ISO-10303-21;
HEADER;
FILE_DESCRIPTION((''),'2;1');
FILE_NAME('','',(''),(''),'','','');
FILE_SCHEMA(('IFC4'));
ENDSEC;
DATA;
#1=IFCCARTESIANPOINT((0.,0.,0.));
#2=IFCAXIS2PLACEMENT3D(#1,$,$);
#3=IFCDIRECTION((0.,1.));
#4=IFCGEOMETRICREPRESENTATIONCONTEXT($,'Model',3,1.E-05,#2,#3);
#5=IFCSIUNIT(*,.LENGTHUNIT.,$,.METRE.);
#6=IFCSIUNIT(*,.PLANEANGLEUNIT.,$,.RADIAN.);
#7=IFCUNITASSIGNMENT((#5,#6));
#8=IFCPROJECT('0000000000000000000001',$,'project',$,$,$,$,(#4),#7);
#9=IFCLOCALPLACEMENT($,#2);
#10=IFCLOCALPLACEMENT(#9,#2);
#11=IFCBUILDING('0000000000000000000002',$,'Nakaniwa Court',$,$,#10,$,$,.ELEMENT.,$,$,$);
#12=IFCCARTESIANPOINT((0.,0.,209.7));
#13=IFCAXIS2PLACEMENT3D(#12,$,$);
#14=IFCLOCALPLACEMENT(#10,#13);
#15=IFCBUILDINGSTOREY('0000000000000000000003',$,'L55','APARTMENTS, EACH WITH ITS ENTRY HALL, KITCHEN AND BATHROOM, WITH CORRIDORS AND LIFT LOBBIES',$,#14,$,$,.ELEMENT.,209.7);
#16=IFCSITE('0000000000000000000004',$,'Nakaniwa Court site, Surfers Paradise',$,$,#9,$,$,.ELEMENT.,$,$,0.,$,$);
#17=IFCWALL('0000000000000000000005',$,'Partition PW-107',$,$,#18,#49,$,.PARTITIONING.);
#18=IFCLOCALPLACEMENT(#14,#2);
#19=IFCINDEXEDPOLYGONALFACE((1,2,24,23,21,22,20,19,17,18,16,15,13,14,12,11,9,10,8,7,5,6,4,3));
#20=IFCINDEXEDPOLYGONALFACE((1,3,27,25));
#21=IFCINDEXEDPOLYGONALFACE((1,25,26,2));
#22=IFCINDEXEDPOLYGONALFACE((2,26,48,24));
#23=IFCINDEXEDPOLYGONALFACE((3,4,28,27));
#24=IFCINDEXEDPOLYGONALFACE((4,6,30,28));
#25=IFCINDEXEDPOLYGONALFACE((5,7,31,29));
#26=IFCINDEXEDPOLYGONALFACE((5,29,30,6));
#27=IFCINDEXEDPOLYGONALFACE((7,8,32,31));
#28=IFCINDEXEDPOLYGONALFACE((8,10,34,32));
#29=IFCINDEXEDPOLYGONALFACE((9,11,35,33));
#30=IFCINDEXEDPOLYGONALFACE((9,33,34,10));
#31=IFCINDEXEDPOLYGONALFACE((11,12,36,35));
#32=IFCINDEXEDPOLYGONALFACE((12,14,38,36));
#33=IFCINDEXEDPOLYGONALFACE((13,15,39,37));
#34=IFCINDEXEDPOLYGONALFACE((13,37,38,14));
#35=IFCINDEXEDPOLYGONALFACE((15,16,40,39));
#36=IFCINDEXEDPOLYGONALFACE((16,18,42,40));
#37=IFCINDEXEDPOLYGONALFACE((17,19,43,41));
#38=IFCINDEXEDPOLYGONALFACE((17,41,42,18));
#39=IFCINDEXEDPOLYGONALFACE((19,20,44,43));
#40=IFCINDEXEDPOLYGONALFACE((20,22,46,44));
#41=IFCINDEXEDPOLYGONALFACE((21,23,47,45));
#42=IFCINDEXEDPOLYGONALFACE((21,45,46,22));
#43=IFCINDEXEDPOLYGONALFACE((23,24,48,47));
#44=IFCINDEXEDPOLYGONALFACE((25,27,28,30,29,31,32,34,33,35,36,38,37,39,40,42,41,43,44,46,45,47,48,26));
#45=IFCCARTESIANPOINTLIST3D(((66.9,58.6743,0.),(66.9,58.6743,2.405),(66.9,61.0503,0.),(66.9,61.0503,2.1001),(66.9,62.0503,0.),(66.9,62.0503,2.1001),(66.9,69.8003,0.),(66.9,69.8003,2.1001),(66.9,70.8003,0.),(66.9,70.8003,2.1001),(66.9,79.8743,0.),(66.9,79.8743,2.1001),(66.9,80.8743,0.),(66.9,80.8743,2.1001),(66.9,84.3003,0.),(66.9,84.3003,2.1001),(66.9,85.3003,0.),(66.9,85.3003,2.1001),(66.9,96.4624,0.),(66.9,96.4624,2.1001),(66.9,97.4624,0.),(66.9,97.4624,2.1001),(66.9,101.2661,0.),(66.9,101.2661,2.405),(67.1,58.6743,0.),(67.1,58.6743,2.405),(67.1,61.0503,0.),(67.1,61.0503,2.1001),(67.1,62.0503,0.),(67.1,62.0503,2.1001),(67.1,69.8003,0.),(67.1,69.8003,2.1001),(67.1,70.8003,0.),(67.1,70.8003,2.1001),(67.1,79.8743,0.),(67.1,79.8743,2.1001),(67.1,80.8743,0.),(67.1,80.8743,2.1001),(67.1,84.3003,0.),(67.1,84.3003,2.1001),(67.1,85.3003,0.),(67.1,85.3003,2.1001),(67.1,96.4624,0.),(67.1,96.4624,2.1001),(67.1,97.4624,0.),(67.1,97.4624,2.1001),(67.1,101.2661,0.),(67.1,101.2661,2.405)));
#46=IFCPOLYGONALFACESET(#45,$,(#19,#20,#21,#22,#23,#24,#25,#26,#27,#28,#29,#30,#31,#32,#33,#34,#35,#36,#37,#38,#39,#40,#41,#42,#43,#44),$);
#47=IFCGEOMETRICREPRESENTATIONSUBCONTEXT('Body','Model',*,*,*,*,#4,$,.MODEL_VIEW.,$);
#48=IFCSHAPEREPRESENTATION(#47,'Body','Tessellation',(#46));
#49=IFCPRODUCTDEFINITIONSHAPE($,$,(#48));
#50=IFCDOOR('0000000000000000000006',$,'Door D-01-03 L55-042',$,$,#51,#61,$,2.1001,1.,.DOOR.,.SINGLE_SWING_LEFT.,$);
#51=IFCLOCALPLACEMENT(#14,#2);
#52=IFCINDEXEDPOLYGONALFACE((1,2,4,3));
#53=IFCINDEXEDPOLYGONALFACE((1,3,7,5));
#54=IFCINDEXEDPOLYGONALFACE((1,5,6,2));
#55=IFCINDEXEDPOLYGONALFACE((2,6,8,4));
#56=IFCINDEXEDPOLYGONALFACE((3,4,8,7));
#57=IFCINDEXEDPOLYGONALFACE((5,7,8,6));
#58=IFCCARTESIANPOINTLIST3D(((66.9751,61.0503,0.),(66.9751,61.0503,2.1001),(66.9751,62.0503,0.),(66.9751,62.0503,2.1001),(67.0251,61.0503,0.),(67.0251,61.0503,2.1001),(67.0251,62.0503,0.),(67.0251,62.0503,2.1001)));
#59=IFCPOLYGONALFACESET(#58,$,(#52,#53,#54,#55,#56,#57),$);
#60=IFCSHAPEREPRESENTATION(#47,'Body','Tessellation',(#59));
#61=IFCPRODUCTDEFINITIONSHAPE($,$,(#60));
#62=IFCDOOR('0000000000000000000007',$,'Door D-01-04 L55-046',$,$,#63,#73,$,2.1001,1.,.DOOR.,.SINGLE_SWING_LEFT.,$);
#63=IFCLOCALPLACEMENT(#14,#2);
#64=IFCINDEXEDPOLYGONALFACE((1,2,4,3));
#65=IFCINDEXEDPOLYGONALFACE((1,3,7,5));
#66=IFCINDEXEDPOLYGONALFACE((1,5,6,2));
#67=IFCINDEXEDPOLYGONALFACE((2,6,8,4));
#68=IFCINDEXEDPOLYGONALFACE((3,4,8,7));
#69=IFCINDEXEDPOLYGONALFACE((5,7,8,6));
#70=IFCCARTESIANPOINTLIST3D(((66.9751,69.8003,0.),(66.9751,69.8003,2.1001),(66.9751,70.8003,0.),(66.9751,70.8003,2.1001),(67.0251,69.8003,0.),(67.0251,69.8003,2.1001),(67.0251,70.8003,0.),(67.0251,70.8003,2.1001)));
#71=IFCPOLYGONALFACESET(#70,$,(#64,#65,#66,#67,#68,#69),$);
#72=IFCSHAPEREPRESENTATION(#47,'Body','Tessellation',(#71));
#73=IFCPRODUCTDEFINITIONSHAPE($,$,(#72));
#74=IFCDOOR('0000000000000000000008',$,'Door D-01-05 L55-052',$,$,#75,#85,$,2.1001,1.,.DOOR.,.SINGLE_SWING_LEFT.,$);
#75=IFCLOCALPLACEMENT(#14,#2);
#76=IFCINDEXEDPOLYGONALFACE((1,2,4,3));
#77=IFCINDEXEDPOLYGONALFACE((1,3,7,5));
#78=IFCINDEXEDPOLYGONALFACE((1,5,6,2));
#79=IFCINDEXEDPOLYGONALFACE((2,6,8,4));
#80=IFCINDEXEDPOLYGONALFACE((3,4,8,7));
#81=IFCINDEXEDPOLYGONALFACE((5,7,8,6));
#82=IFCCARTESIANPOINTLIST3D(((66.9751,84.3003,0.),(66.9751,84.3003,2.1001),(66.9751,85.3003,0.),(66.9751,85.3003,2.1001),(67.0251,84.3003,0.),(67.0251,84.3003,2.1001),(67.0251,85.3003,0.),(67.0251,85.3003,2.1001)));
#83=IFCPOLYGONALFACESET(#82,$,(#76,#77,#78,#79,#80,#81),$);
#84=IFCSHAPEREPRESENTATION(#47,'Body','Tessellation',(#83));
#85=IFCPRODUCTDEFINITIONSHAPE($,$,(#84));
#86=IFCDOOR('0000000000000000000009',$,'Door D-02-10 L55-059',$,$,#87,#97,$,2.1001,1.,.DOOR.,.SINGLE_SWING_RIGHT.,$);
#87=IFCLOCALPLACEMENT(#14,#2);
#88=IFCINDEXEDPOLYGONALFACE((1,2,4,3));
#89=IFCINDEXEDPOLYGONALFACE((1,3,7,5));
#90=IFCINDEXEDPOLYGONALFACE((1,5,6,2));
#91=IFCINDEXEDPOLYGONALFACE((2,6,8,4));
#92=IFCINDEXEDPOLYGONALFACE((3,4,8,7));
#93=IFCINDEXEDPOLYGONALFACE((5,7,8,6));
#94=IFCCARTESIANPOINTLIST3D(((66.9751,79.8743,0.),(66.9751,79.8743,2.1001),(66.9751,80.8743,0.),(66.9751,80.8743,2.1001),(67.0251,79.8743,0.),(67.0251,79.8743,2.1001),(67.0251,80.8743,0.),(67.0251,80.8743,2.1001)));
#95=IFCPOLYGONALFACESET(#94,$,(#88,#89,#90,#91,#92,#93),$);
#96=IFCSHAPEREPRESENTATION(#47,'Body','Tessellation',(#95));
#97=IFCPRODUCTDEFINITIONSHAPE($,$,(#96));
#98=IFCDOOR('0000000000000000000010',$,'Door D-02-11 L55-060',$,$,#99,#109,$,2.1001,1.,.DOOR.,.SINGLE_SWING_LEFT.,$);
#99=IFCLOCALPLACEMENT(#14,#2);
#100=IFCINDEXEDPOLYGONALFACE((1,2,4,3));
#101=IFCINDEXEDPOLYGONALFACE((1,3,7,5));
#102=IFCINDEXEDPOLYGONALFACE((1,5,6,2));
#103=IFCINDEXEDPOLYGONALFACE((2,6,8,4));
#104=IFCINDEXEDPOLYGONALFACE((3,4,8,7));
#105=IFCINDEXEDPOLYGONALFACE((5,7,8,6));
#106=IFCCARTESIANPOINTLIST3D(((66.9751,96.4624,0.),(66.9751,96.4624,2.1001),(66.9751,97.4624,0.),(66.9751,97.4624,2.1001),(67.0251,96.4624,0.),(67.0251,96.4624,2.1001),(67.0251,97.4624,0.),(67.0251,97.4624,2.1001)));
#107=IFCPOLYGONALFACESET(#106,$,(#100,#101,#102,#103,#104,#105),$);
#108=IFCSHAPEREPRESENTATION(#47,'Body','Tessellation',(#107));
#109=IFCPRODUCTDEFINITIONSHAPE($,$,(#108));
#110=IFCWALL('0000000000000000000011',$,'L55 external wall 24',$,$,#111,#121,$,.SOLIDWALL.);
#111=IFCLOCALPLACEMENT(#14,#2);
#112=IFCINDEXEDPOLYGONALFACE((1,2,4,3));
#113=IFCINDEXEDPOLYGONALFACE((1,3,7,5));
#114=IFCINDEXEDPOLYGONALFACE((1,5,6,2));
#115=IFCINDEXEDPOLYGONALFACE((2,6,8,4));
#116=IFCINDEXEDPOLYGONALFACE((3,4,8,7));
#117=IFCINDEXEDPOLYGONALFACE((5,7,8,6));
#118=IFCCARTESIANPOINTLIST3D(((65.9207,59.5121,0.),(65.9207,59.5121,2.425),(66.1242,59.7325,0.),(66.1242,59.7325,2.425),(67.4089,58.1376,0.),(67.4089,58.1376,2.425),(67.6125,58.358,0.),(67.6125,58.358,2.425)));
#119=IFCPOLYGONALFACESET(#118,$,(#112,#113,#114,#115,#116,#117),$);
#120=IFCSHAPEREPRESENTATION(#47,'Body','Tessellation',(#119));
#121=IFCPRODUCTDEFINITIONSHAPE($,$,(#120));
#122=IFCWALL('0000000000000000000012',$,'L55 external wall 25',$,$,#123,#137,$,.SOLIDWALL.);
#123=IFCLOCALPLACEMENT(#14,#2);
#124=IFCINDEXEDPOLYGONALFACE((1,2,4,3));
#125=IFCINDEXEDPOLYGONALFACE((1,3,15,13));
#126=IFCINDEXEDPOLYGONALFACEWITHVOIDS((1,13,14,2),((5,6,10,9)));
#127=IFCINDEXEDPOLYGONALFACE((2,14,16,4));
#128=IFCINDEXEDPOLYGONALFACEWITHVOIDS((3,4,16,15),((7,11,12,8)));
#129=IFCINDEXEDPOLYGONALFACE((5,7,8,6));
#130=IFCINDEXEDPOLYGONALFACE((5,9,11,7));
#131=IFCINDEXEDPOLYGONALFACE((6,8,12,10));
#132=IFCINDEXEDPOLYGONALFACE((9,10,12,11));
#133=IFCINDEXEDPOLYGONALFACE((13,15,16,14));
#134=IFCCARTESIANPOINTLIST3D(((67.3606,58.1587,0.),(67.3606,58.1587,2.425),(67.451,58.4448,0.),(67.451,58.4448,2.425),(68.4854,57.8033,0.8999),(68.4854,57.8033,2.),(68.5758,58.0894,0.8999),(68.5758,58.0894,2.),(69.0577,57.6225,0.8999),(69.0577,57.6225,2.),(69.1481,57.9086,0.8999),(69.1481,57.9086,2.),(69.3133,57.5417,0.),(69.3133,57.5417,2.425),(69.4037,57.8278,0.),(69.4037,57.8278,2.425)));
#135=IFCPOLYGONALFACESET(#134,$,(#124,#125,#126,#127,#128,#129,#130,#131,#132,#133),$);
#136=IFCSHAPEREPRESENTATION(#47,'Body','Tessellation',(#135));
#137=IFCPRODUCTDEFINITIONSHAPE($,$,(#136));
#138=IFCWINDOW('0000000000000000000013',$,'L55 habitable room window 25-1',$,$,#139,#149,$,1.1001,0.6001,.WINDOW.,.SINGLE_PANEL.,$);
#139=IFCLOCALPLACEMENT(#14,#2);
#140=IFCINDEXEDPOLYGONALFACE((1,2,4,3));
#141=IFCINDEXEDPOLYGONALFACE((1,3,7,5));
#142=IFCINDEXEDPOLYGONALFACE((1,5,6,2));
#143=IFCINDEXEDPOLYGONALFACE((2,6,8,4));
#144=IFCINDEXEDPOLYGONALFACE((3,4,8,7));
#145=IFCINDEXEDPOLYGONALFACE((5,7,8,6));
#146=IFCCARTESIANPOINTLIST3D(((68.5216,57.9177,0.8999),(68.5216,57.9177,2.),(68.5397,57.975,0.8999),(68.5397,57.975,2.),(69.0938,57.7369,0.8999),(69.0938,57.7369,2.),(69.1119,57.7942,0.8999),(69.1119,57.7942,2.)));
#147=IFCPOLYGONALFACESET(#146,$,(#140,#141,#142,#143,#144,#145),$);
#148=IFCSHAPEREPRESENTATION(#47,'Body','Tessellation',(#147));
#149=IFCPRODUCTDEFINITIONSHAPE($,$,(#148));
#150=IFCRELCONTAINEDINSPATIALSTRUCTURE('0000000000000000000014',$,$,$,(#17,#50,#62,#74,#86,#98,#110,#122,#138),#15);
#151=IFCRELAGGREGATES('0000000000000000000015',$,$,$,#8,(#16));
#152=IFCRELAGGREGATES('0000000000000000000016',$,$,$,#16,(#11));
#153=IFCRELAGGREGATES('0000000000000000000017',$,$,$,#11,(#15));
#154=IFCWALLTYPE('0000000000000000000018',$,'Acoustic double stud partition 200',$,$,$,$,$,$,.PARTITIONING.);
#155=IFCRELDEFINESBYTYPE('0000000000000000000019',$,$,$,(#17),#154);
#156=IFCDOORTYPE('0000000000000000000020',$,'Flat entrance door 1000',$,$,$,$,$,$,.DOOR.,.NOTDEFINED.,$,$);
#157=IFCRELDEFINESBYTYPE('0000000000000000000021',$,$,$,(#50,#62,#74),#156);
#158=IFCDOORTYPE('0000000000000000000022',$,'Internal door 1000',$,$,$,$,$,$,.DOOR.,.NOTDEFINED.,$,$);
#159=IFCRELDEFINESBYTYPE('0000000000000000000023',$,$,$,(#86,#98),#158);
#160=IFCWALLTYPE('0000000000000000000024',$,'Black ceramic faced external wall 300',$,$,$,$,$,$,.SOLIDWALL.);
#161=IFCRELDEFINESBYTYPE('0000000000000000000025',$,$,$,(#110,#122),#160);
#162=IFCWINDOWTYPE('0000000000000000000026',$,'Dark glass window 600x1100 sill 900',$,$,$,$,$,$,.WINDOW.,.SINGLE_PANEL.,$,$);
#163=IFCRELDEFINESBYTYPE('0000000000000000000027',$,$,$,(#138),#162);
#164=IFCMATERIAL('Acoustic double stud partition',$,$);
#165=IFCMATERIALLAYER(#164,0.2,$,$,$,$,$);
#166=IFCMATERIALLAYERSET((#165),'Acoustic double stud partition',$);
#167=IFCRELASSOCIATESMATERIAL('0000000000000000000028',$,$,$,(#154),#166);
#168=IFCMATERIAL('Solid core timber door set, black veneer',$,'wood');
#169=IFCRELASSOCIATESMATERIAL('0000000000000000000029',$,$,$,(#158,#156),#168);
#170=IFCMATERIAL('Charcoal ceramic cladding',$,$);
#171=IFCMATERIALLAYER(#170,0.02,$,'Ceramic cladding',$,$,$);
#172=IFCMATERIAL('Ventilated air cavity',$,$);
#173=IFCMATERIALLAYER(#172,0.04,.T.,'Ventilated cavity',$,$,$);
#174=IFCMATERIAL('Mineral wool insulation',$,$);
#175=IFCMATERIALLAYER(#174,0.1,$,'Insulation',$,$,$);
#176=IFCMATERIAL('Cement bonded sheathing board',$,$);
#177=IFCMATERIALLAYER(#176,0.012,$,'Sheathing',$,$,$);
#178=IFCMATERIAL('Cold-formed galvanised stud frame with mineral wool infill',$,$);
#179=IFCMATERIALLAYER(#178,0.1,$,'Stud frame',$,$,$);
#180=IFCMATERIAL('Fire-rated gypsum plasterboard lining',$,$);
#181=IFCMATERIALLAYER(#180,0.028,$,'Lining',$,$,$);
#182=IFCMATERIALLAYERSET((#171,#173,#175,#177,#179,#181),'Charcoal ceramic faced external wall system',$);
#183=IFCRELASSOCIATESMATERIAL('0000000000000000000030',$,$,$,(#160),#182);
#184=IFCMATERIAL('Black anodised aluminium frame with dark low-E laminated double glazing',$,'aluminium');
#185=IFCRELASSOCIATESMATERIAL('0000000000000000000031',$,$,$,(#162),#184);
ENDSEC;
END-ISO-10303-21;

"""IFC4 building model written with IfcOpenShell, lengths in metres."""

from ifc_helpers import new_model, si_unit, direction, frame, frame_2d, origin, place, context, subcontext, project, spatial, rectangle, extrude, material, layer, layer_set, type_object, element, fill, save


model = new_model("IFC4")

# Units and contexts
model_context = context("Model", 3, precision=1e-05, world=origin(), true_north=direction((0.0, 1.0)))
body_context = subcontext(model_context, "Body", "Model", "MODEL_VIEW")
ifc_project = project(units=[si_unit("LENGTHUNIT", "METRE"), si_unit("PLANEANGLEUNIT", "RADIAN")], contexts=[model_context])

# Site, building, storey
site_placement = place(None, origin())
site = spatial("IfcSite", under=ifc_project, at=site_placement, Name="Nakaniwa Court site, Surfers Paradise", CompositionType="ELEMENT", RefElevation=0.0)
building_placement = place(site_placement, origin())
building = spatial("IfcBuilding", under=site, at=building_placement, Name="Nakaniwa Court", CompositionType="ELEMENT")
storey_placement = place(building_placement, frame((0.0, 0.0, 209.7)))
storey = spatial("IfcBuildingStorey", under=building, at=storey_placement, Name="L55", Description="APARTMENTS, EACH WITH ITS ENTRY HALL, KITCHEN AND BATHROOM, WITH CORRIDORS AND LIFT LOBBIES", CompositionType="ELEMENT", Elevation=209.7)

# Shared definitions
ifc_material_1 = material(Name="Acoustic double stud partition")
ifc_layer_1 = layer(ifc_material_1, 0.2)
ifc_layer_set_1 = layer_set([ifc_layer_1], Name="Acoustic double stud partition")
wall_type_1 = type_object("IfcWallType", Name="Acoustic double stud partition 200", PredefinedType="PARTITIONING", material=ifc_layer_set_1)

# Shared definitions
ifc_material_2 = material(Name="Solid core timber door set, black veneer", Category="wood")
door_type_1 = type_object("IfcDoorType", Name="Internal door 1000", OperationType="NOTDEFINED", PredefinedType="DOOR", material=ifc_material_2)

# Wall, openings, doors
wall_1_placement = place(storey_placement, frame((67.0, 58.6743, 0.0), z_axis=(0.0, 0.0, 1.0), x_axis=(0.0, 1.0, 0.0)))
wall_1 = element("IfcWall", 1, at=wall_1_placement, inside=storey, type_object=wall_type_1, Name="Partition PW-107", PredefinedType="PARTITIONING", context=body_context, shape_type="SweptSolid", body=[
    extrude(rectangle(XDim=42.5918, YDim=0.2, at=frame_2d((21.2959, 0.0))), origin(), (0.0, 0.0, 1.0), 2.405),
])
opening_1_placement = place(wall_1_placement, frame((2.376, 0.0, 0.0)))
opening_1 = element("IfcOpeningElement", 2, at=opening_1_placement, cuts=wall_1, PredefinedType="OPENING", context=body_context, shape_type="SweptSolid", body=[
    extrude(rectangle(XDim=1.0, YDim=2.1001, at=frame_2d((0.5, 1.05))), frame((0.0, 0.1099, 0.0), z_axis=(0.0, -1.0, 0.0), x_axis=(1.0, 0.0, 0.0)), (0.0, 0.0, 1.0), 0.22),
])
opening_2_placement = place(wall_1_placement, frame((11.126, 0.0, 0.0)))
opening_2 = element("IfcOpeningElement", 3, at=opening_2_placement, cuts=wall_1, PredefinedType="OPENING", context=body_context, shape_type="SweptSolid", body=[
    extrude(rectangle(XDim=1.0, YDim=2.1001, at=frame_2d((0.5, 1.05))), frame((0.0, 0.1099, 0.0), z_axis=(0.0, -1.0, 0.0), x_axis=(1.0, 0.0, 0.0)), (0.0, 0.0, 1.0), 0.22),
])
opening_3_placement = place(wall_1_placement, frame((25.626, 0.0, 0.0)))
opening_3 = element("IfcOpeningElement", 4, at=opening_3_placement, cuts=wall_1, PredefinedType="OPENING", context=body_context, shape_type="SweptSolid", body=[
    extrude(rectangle(XDim=1.0, YDim=2.1001, at=frame_2d((0.5, 1.05))), frame((0.0, 0.1099, 0.0), z_axis=(0.0, -1.0, 0.0), x_axis=(1.0, 0.0, 0.0)), (0.0, 0.0, 1.0), 0.22),
])
opening_4_placement = place(wall_1_placement, frame((21.2, 0.0, 0.0)))
opening_4 = element("IfcOpeningElement", 5, at=opening_4_placement, cuts=wall_1, PredefinedType="OPENING", context=body_context, shape_type="SweptSolid", body=[
    extrude(rectangle(XDim=1.0, YDim=2.1001, at=frame_2d((0.5, 1.05))), frame((0.0, 0.1099, 0.0), z_axis=(0.0, -1.0, 0.0), x_axis=(1.0, 0.0, 0.0)), (0.0, 0.0, 1.0), 0.22),
])
opening_5_placement = place(wall_1_placement, frame((37.7881, 0.0, 0.0)))
opening_5 = element("IfcOpeningElement", 6, at=opening_5_placement, cuts=wall_1, PredefinedType="OPENING", context=body_context, shape_type="SweptSolid", body=[
    extrude(rectangle(XDim=1.0, YDim=2.1001, at=frame_2d((0.5, 1.05))), frame((0.0, 0.1099, 0.0), z_axis=(0.0, -1.0, 0.0), x_axis=(1.0, 0.0, 0.0)), (0.0, 0.0, 1.0), 0.22),
])
door_type_2 = type_object("IfcDoorType", Name="Flat entrance door 1000", OperationType="NOTDEFINED", PredefinedType="DOOR", material=ifc_material_2)
door_1_placement = place(opening_1_placement, origin())
door_1 = element("IfcDoor", 7, at=door_1_placement, inside=storey, type_object=door_type_2, Name="Door D-01-03 L55-042", OperationType="SINGLE_SWING_LEFT", OverallHeight=2.1001, OverallWidth=1.0, PredefinedType="DOOR", context=body_context, shape_type="SweptSolid", body=[
    extrude(rectangle(XDim=1.0, YDim=2.1001, at=frame_2d((0.5, 1.05))), frame((0.0, 0.0249, 0.0), z_axis=(0.0, -1.0, 0.0), x_axis=(1.0, 0.0, 0.0)), (0.0, 0.0, 1.0), 0.05),
])
fill(opening_1, door_1)
door_2_placement = place(opening_2_placement, origin())
door_2 = element("IfcDoor", 8, at=door_2_placement, inside=storey, type_object=door_type_2, Name="Door D-01-04 L55-046", OperationType="SINGLE_SWING_LEFT", OverallHeight=2.1001, OverallWidth=1.0, PredefinedType="DOOR", context=body_context, shape_type="SweptSolid", body=[
    extrude(rectangle(XDim=1.0, YDim=2.1001, at=frame_2d((0.5, 1.05))), frame((0.0, 0.0249, 0.0), z_axis=(0.0, -1.0, 0.0), x_axis=(1.0, 0.0, 0.0)), (0.0, 0.0, 1.0), 0.05),
])
fill(opening_2, door_2)
door_3_placement = place(opening_3_placement, origin())
door_3 = element("IfcDoor", 9, at=door_3_placement, inside=storey, type_object=door_type_2, Name="Door D-01-05 L55-052", OperationType="SINGLE_SWING_LEFT", OverallHeight=2.1001, OverallWidth=1.0, PredefinedType="DOOR", context=body_context, shape_type="SweptSolid", body=[
    extrude(rectangle(XDim=1.0, YDim=2.1001, at=frame_2d((0.5, 1.05))), frame((0.0, 0.0249, 0.0), z_axis=(0.0, -1.0, 0.0), x_axis=(1.0, 0.0, 0.0)), (0.0, 0.0, 1.0), 0.05),
])
fill(opening_3, door_3)
door_4_placement = place(opening_4_placement, origin())
door_4 = element("IfcDoor", 10, at=door_4_placement, inside=storey, type_object=door_type_1, Name="Door D-02-10 L55-059", OperationType="SINGLE_SWING_RIGHT", OverallHeight=2.1001, OverallWidth=1.0, PredefinedType="DOOR", context=body_context, shape_type="SweptSolid", body=[
    extrude(rectangle(XDim=1.0, YDim=2.1001, at=frame_2d((0.5, 1.05))), frame((0.0, 0.0249, 0.0), z_axis=(0.0, -1.0, 0.0), x_axis=(1.0, 0.0, 0.0)), (0.0, 0.0, 1.0), 0.05),
])
fill(opening_4, door_4)
door_5_placement = place(opening_5_placement, origin())
door_5 = element("IfcDoor", 11, at=door_5_placement, inside=storey, type_object=door_type_1, Name="Door D-02-11 L55-060", OperationType="SINGLE_SWING_LEFT", OverallHeight=2.1001, OverallWidth=1.0, PredefinedType="DOOR", context=body_context, shape_type="SweptSolid", body=[
    extrude(rectangle(XDim=1.0, YDim=2.1001, at=frame_2d((0.5, 1.05))), frame((0.0, 0.0249, 0.0), z_axis=(0.0, -1.0, 0.0), x_axis=(1.0, 0.0, 0.0)), (0.0, 0.0, 1.0), 0.05),
])
fill(opening_5, door_5)

# Wall
ifc_material_3 = material(Name="Charcoal ceramic cladding")
ifc_layer_2 = layer(ifc_material_3, 0.02, Name="Ceramic cladding")
ifc_material_4 = material(Name="Ventilated air cavity")
ifc_layer_3 = layer(ifc_material_4, 0.04, ventilated=True, Name="Ventilated cavity")
ifc_material_5 = material(Name="Mineral wool insulation")
ifc_layer_4 = layer(ifc_material_5, 0.1, Name="Insulation")
ifc_material_6 = material(Name="Cement bonded sheathing board")
ifc_layer_5 = layer(ifc_material_6, 0.012, Name="Sheathing")
ifc_material_7 = material(Name="Cold-formed galvanised stud frame with mineral wool infill")
ifc_layer_6 = layer(ifc_material_7, 0.1, Name="Stud frame")
ifc_material_8 = material(Name="Fire-rated gypsum plasterboard lining")
ifc_layer_7 = layer(ifc_material_8, 0.028, Name="Lining")
ifc_layer_set_2 = layer_set([ifc_layer_2, ifc_layer_3, ifc_layer_4, ifc_layer_5, ifc_layer_6, ifc_layer_7], Name="Charcoal ceramic faced external wall system")
wall_type_2 = type_object("IfcWallType", Name="Black ceramic faced external wall 300", PredefinedType="SOLIDWALL", material=ifc_layer_set_2)
wall_2_placement = place(storey_placement, frame((66.0225, 59.6223, 0.0), z_axis=(0.0, 0.0, 1.0), x_axis=(0.734628, -0.67847, 0.0)))
element("IfcWall", 12, at=wall_2_placement, inside=storey, type_object=wall_type_2, Name="L55 external wall 24", PredefinedType="SOLIDWALL", context=body_context, shape_type="SweptSolid", body=[
    extrude(rectangle(XDim=2.0259, YDim=0.3, at=frame_2d((1.0129, 0.0))), origin(), (0.0, 0.0, 1.0), 2.425),
])

# Wall, opening, window
wall_3_placement = place(storey_placement, frame((67.4058, 58.3018, 0.0), z_axis=(0.0, 0.0, 1.0), x_axis=(0.953538, -0.301274, 0.0)))
wall_3 = element("IfcWall", 13, at=wall_3_placement, inside=storey, type_object=wall_type_2, Name="L55 external wall 25", PredefinedType="SOLIDWALL", context=body_context, shape_type="SweptSolid", body=[
    extrude(rectangle(XDim=2.0479, YDim=0.3, at=frame_2d((1.0239, 0.0))), origin(), (0.0, 0.0, 1.0), 2.425),
])
opening_6_placement = place(wall_3_placement, frame((1.1797, 0.0, 0.8999)))
opening_6 = element("IfcOpeningElement", 14, at=opening_6_placement, cuts=wall_3, PredefinedType="OPENING", context=body_context, shape_type="SweptSolid", body=[
    extrude(rectangle(XDim=0.6001, YDim=1.1001, at=frame_2d((0.3, 0.55))), frame((0.0, 0.1599, 0.0), z_axis=(0.0, -1.0, 0.0), x_axis=(1.0, 0.0, 0.0)), (0.0, 0.0, 1.0), 0.3201),
])
ifc_material_9 = material(Name="Black anodised aluminium frame with dark low-E laminated double glazing", Category="aluminium")
window_type = type_object("IfcWindowType", Name="Dark glass window 600x1100 sill 900", PartitioningType="SINGLE_PANEL", PredefinedType="WINDOW", material=ifc_material_9)
window_placement = place(opening_6_placement, origin())
window = element("IfcWindow", 15, at=window_placement, inside=storey, type_object=window_type, Name="L55 habitable room window 25-1", OverallHeight=1.1001, OverallWidth=0.6001, PartitioningType="SINGLE_PANEL", PredefinedType="WINDOW", context=body_context, shape_type="SweptSolid", body=[
    extrude(rectangle(XDim=0.6001, YDim=1.1001, at=frame_2d((0.3, 0.55))), frame((0.0, 0.03, 0.0), z_axis=(0.0, -1.0, 0.0), x_axis=(1.0, 0.0, 0.0)), (0.0, 0.0, 1.0), 0.0601),
])
fill(opening_6, window)

save(model, "model.ifc")
